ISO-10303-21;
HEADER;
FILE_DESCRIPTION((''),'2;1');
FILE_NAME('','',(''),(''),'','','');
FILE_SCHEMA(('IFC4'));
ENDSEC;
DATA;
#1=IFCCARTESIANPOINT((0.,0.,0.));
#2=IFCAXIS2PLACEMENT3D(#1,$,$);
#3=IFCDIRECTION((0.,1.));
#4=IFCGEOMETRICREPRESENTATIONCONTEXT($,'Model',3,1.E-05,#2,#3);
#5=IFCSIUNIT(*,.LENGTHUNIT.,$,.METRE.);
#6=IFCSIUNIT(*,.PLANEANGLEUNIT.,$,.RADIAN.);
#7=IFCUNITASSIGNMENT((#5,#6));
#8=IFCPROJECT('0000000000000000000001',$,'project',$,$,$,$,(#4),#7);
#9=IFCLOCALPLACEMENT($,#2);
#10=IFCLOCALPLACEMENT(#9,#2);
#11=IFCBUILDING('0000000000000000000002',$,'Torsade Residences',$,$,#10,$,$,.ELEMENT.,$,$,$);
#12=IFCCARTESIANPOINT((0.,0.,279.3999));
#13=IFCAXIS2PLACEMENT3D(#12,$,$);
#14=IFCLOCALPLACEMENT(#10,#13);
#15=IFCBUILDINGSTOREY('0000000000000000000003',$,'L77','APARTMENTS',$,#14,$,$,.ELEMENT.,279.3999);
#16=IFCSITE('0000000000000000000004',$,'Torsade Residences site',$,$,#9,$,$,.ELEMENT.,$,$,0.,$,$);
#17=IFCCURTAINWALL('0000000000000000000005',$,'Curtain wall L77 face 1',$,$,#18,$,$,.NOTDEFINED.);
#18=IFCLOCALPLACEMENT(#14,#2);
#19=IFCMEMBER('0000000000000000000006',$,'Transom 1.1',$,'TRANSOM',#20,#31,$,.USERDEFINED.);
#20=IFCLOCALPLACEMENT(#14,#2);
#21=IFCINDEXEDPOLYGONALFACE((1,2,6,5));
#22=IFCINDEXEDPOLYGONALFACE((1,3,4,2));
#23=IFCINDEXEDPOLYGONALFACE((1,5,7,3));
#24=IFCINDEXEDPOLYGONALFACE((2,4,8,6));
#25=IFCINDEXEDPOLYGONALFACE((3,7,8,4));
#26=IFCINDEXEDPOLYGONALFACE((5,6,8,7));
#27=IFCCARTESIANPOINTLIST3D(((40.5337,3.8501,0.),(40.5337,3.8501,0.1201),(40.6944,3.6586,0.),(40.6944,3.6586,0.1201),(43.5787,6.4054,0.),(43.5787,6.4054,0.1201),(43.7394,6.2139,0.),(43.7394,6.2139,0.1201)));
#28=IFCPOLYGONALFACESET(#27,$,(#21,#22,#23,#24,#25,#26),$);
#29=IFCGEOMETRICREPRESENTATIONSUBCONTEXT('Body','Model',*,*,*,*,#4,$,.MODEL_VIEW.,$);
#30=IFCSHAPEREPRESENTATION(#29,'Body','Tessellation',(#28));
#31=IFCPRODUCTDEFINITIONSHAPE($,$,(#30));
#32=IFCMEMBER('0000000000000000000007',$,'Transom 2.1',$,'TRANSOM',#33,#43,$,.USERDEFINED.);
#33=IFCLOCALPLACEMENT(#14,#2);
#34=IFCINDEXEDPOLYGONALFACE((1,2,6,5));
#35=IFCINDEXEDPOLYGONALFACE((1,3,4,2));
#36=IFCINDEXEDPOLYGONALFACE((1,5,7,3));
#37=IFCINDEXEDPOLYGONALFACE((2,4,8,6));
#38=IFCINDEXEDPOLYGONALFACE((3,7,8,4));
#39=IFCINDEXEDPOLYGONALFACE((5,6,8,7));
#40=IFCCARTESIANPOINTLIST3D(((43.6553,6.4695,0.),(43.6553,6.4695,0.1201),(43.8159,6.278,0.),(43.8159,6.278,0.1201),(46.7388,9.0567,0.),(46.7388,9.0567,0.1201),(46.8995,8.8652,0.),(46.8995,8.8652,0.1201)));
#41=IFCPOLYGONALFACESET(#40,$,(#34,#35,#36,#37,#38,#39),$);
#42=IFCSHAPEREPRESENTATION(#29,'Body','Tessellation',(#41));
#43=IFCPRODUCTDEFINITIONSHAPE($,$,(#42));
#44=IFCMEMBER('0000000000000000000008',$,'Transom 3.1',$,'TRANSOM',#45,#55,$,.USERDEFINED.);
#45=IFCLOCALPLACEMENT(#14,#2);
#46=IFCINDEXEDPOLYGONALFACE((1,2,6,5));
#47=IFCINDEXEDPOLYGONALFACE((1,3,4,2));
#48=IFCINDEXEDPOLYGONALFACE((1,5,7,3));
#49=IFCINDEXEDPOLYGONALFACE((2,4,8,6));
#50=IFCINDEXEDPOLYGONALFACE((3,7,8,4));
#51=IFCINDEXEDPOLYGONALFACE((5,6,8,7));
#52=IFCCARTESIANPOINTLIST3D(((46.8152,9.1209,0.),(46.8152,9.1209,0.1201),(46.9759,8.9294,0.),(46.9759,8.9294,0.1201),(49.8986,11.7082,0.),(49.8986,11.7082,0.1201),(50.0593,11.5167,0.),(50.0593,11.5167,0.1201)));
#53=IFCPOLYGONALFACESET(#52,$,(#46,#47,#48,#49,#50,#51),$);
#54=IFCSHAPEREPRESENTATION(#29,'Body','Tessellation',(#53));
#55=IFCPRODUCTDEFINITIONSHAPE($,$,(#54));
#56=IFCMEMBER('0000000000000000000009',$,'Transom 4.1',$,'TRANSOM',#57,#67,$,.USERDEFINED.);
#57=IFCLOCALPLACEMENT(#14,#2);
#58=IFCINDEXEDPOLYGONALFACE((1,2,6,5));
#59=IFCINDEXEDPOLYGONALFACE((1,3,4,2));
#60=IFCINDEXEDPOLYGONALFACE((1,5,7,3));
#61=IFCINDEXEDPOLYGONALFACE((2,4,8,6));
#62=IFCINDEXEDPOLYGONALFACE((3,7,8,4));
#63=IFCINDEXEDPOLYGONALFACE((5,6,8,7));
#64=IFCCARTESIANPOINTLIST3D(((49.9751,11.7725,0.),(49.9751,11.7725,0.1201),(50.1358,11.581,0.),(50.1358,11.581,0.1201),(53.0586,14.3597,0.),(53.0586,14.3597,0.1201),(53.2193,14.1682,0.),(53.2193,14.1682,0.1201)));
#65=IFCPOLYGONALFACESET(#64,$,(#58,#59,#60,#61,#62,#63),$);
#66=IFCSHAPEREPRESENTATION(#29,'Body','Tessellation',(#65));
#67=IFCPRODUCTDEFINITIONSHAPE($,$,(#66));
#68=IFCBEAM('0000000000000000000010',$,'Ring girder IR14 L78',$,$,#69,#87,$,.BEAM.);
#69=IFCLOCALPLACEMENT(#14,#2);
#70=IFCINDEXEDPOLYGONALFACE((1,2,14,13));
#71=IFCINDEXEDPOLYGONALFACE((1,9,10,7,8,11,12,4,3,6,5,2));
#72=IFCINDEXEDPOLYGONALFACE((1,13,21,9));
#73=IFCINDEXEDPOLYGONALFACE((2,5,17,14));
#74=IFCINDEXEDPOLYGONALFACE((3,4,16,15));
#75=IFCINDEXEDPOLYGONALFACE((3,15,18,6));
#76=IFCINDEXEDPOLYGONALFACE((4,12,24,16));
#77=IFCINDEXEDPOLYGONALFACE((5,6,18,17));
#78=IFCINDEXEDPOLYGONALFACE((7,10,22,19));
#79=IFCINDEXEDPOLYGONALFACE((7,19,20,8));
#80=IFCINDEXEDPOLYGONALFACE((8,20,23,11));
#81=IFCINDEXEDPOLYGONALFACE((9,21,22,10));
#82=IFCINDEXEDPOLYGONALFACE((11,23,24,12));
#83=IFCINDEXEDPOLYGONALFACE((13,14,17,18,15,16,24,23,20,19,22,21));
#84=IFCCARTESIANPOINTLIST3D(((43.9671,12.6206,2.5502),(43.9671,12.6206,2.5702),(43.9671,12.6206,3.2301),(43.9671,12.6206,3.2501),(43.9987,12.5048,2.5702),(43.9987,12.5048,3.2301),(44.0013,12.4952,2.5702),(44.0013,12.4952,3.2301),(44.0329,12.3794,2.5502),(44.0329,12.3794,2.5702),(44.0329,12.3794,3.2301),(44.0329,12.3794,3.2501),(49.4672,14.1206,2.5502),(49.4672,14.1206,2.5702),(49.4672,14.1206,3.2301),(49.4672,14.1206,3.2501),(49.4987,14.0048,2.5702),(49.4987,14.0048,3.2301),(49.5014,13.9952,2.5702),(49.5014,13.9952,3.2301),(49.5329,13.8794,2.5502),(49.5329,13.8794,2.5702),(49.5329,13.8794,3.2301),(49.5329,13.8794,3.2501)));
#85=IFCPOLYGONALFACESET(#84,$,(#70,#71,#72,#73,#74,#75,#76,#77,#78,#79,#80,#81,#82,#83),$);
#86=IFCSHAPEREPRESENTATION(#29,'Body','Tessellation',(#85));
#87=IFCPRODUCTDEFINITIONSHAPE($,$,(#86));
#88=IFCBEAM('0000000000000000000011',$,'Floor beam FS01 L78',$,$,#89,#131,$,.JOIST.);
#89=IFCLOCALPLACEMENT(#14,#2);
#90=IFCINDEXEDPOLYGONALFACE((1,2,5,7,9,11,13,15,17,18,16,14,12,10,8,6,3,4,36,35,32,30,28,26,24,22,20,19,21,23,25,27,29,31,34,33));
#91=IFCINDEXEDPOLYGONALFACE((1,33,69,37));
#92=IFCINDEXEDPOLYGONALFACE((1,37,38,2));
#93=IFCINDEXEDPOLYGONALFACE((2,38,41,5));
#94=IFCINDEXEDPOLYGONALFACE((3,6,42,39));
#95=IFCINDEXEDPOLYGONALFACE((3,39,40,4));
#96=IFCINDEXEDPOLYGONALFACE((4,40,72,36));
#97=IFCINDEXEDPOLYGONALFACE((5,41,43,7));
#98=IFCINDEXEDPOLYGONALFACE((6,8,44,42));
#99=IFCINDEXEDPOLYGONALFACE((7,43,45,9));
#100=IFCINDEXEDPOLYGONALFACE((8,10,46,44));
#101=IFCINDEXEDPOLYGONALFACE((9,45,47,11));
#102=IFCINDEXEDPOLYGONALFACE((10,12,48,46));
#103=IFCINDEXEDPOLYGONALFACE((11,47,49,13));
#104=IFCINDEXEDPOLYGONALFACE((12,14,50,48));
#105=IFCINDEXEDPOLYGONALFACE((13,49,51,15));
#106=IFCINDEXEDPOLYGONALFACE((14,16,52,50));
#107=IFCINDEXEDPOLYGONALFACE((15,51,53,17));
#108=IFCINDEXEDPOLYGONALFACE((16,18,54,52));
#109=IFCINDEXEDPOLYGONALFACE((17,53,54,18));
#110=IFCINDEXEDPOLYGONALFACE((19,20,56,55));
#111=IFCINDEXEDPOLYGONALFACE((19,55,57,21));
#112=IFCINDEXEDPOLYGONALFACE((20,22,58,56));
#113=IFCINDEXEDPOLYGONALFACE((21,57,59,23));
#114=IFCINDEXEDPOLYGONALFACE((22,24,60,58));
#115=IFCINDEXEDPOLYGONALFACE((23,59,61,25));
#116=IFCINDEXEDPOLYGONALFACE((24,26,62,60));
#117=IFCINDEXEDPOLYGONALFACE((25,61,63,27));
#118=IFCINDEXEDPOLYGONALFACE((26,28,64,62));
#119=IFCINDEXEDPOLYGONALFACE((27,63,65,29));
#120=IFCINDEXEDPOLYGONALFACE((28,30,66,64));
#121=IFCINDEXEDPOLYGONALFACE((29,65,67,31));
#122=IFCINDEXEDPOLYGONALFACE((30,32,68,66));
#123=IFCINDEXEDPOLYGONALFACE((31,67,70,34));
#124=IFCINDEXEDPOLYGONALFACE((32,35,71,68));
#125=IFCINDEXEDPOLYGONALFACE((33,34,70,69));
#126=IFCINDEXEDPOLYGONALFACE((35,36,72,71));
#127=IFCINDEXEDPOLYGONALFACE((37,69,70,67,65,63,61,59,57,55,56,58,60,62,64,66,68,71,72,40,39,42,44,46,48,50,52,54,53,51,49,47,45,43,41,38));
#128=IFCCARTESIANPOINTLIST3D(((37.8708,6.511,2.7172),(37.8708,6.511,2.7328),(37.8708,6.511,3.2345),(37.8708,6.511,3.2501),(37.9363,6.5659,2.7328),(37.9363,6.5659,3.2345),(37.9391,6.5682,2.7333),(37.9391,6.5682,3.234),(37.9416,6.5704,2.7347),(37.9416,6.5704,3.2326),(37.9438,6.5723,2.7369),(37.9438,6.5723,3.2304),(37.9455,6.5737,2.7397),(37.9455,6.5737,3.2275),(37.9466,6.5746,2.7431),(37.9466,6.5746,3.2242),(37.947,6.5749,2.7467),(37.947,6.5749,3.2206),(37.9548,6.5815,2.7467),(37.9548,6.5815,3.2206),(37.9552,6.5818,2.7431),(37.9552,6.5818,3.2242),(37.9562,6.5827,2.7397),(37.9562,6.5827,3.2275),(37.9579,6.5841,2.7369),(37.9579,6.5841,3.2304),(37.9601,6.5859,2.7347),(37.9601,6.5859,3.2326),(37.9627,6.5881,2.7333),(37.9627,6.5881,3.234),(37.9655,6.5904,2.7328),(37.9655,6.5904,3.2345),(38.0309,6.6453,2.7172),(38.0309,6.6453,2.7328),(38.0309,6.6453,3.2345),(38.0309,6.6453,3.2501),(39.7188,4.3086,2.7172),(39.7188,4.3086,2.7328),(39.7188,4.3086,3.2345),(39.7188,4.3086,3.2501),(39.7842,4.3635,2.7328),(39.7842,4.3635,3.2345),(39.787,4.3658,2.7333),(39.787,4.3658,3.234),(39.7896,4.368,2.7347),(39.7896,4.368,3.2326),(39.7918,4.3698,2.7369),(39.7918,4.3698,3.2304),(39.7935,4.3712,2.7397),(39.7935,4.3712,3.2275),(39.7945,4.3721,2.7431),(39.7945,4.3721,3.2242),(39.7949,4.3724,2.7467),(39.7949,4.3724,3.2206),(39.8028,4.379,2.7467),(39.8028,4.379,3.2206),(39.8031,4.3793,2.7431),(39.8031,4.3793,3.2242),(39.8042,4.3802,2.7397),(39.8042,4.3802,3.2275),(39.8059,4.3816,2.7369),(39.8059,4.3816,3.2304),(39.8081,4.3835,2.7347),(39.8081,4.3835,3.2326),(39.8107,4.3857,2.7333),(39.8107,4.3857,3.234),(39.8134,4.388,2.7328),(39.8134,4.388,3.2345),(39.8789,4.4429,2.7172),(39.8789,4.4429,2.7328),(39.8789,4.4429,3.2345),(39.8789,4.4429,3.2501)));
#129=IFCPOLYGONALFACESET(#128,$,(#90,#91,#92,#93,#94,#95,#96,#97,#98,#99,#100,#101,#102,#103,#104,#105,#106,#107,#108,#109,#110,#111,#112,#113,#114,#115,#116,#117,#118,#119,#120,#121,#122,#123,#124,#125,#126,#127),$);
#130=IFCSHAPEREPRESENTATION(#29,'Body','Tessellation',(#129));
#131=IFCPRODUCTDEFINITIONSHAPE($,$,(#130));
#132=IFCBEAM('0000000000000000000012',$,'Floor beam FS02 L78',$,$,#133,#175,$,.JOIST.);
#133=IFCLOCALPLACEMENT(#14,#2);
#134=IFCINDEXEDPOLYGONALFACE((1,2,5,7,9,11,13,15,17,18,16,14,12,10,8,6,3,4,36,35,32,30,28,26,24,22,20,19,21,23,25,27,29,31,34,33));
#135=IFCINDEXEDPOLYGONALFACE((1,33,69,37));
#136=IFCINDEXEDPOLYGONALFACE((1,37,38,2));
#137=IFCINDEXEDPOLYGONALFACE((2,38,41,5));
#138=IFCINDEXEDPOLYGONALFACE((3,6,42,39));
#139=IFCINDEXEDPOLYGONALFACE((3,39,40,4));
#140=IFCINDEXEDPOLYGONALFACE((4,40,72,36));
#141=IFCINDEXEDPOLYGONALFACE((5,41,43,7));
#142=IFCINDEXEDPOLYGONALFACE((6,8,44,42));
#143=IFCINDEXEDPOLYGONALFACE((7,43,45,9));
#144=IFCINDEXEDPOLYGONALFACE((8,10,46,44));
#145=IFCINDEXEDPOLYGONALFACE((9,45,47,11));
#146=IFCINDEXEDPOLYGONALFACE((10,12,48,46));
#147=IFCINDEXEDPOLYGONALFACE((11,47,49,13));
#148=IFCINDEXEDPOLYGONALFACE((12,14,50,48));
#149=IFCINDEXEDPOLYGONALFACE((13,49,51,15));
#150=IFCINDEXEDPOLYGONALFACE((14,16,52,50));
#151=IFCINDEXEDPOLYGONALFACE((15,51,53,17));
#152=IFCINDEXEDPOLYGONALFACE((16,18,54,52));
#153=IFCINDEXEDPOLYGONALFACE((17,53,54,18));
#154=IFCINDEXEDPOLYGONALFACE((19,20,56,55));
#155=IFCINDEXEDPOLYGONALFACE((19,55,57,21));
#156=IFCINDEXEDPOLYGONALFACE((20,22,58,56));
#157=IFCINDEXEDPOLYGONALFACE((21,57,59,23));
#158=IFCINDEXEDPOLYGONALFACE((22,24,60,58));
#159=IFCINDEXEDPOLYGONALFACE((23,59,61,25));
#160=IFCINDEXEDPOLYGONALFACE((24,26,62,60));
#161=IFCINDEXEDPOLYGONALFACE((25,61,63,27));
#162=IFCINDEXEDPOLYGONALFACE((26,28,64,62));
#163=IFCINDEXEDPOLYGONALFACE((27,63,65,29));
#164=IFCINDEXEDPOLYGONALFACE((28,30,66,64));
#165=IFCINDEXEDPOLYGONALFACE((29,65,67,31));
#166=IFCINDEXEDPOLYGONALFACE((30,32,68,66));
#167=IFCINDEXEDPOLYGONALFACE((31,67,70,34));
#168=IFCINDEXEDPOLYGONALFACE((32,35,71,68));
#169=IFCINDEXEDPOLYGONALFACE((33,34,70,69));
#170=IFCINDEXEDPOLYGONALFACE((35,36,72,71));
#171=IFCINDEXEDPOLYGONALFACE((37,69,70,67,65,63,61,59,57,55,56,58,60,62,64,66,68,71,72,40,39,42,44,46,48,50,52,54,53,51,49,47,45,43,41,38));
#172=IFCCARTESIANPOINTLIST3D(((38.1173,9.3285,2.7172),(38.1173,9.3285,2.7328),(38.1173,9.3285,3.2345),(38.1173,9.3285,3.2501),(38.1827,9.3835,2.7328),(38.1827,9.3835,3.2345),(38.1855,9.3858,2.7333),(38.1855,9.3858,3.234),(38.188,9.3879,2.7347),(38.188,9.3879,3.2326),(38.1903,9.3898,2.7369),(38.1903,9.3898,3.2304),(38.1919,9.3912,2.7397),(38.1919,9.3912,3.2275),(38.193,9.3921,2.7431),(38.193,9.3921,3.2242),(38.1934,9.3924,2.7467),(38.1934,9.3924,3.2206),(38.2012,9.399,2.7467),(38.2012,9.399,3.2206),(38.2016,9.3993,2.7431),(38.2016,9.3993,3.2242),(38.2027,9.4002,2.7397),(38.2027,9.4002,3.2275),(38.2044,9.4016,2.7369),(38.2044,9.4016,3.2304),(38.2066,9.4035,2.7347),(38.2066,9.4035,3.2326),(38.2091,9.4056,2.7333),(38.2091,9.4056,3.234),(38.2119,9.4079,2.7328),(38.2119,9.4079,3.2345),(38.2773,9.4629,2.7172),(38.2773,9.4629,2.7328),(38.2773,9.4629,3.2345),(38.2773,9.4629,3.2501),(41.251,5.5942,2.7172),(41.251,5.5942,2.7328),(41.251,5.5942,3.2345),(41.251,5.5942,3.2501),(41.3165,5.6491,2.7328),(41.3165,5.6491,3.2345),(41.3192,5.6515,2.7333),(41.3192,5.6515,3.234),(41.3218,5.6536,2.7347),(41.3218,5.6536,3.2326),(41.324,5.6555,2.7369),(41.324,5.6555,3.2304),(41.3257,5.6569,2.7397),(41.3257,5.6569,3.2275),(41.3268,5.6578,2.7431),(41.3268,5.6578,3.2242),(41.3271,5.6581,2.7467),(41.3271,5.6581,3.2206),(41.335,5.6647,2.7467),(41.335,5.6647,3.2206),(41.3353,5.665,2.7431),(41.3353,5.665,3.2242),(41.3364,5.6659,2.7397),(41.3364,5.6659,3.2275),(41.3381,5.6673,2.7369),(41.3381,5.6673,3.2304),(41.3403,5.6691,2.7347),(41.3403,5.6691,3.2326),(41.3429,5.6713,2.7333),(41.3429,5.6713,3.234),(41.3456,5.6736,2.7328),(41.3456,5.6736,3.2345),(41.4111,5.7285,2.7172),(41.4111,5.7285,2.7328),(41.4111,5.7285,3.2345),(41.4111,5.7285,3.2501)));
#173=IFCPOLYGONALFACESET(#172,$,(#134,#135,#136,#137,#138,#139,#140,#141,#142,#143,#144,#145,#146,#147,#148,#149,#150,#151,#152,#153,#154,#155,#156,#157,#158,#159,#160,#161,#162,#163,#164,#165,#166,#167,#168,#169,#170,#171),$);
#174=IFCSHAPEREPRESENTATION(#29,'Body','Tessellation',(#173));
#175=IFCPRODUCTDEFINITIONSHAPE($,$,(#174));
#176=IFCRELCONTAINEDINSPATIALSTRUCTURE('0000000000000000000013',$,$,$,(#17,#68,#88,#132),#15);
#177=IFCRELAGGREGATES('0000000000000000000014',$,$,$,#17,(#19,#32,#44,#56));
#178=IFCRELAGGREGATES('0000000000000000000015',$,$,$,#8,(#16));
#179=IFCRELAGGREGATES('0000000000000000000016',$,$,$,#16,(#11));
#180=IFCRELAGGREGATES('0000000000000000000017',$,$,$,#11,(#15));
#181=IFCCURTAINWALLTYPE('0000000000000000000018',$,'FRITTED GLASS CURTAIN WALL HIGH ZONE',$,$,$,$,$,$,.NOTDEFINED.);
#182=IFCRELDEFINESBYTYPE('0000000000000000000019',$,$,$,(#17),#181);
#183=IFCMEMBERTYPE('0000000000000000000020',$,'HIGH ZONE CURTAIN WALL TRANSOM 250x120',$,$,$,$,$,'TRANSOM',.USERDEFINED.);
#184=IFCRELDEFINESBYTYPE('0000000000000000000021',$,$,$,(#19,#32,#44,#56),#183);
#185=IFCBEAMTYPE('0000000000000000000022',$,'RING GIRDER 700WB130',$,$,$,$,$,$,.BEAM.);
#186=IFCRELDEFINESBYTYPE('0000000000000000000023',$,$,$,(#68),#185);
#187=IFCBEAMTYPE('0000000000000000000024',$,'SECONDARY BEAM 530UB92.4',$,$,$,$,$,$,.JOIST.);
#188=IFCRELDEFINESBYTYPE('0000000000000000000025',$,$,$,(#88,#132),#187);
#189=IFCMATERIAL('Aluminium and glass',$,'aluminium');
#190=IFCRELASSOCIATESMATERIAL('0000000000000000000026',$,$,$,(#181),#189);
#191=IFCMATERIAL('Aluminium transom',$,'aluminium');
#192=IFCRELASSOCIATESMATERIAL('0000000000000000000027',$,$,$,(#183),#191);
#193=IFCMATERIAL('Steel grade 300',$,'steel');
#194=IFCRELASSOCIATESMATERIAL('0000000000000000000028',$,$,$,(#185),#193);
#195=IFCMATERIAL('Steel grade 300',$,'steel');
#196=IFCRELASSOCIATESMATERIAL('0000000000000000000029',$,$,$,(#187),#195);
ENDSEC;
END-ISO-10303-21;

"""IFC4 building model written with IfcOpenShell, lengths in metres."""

from ifc_helpers import new_model, si_unit, direction, frame, origin, origin_2d, place, context, subcontext, project, spatial, rectangle, i_section, extrude, material, material_profile, profile_set, type_object, element, aggregate, save


model = new_model("IFC4")

# Units and contexts
model_context = context("Model", 3, precision=1e-05, world=origin(), true_north=direction((0.0, 1.0)))
body_context = subcontext(model_context, "Body", "Model", "MODEL_VIEW")
ifc_project = project(units=[si_unit("LENGTHUNIT", "METRE"), si_unit("PLANEANGLEUNIT", "RADIAN")], contexts=[model_context])

# Site, building, storey
site_placement = place(None, origin())
site = spatial("IfcSite", under=ifc_project, at=site_placement, Name="Torsade Residences site", CompositionType="ELEMENT", RefElevation=0.0)
building_placement = place(site_placement, origin())
building = spatial("IfcBuilding", under=site, at=building_placement, Name="Torsade Residences", CompositionType="ELEMENT")
storey_placement = place(building_placement, frame((0.0, 0.0, 279.3999)))
storey = spatial("IfcBuildingStorey", under=building, at=storey_placement, Name="L77", Description="APARTMENTS", CompositionType="ELEMENT", Elevation=279.3999)

# Curtain wall, members
ifc_material_1 = material(Name="Aluminium and glass", Category="aluminium")
curtain_wall_type = type_object("IfcCurtainWallType", Name="FRITTED GLASS CURTAIN WALL HIGH ZONE", PredefinedType="NOTDEFINED", material=ifc_material_1)
curtain_wall_placement = place(storey_placement, origin())
curtain_wall = element("IfcCurtainWall", 1, at=curtain_wall_placement, inside=storey, type_object=curtain_wall_type, Name="Curtain wall L77 face 1", PredefinedType="NOTDEFINED")
ifc_material_2 = material(Name="Aluminium transom", Category="aluminium")
ifc_material_profile_1 = material_profile(ifc_material_2, rectangle(XDim=0.25, YDim=0.1201, at=origin_2d()), Name="HIGH ZONE CURTAIN WALL TRANSOM 250x120")
ifc_profile_set_1 = profile_set([ifc_material_profile_1], Name="Aluminium transom")
member_type_1 = type_object("IfcMemberType", Name="HIGH ZONE CURTAIN WALL TRANSOM 250x120", ElementType="TRANSOM", PredefinedType="USERDEFINED", material=ifc_profile_set_1)
member_1_placement = place(storey_placement, frame((40.614, 3.7544, 0.0601), z_axis=(0.766022, 0.642815, 0.0), x_axis=(-0.642815, 0.766022, 0.0)))
member_1 = element("IfcMember", 2, at=member_1_placement, type_object=member_type_1, Name="Transom 1.1", ObjectType="TRANSOM", PredefinedType="USERDEFINED", context=body_context, shape_type="SweptSolid", body=[
    extrude(rectangle(XDim=0.25, YDim=0.1201, at=origin_2d()), origin(), (0.0, 0.0, 1.0), 3.9751),
])
member_2_placement = place(storey_placement, frame((43.7356, 6.3738, 0.0601), z_axis=(0.766069, 0.642758, 0.0), x_axis=(-0.642758, 0.766069, 0.0)))
member_2 = element("IfcMember", 3, at=member_2_placement, type_object=member_type_1, Name="Transom 2.1", ObjectType="TRANSOM", PredefinedType="USERDEFINED", context=body_context, shape_type="SweptSolid", body=[
    extrude(rectangle(XDim=0.25, YDim=0.1201, at=origin_2d()), origin(), (0.0, 0.0, 1.0), 4.0251),
])
member_3_placement = place(storey_placement, frame((46.8955, 9.0251, 0.0601), z_axis=(0.766039, 0.642794, 0.0), x_axis=(-0.642794, 0.766039, 0.0)))
member_3 = element("IfcMember", 4, at=member_3_placement, type_object=member_type_1, Name="Transom 3.1", ObjectType="TRANSOM", PredefinedType="USERDEFINED", context=body_context, shape_type="SweptSolid", body=[
    extrude(rectangle(XDim=0.25, YDim=0.1201, at=origin_2d()), origin(), (0.0, 0.0, 1.0), 4.0251),
])
member_4_placement = place(storey_placement, frame((50.0554, 11.6768, 0.0601), z_axis=(0.766069, 0.642758, 0.0), x_axis=(-0.642758, 0.766069, 0.0)))
member_4 = element("IfcMember", 5, at=member_4_placement, type_object=member_type_1, Name="Transom 4.1", ObjectType="TRANSOM", PredefinedType="USERDEFINED", context=body_context, shape_type="SweptSolid", body=[
    extrude(rectangle(XDim=0.25, YDim=0.1201, at=origin_2d()), origin(), (0.0, 0.0, 1.0), 4.0251),
])

# Beams
ifc_material_3 = material(Name="Steel grade 300", Category="steel")
ifc_material_profile_2 = material_profile(ifc_material_3, i_section(OverallWidth=0.25, OverallDepth=0.7, WebThickness=0.01, FlangeThickness=0.02, at=origin_2d()), Name="700WB130")
ifc_profile_set_2 = profile_set([ifc_material_profile_2], Name="Steel grade 300")
beam_type_1 = type_object("IfcBeamType", Name="RING GIRDER 700WB130", PredefinedType="BEAM", material=ifc_profile_set_2)
beam_1_placement = place(storey_placement, frame((44.0, 12.5, 2.9001), z_axis=(0.964764, 0.263117, 0.0), x_axis=(-0.263117, 0.964764, 0.0)))
element("IfcBeam", 6, at=beam_1_placement, inside=storey, type_object=beam_type_1, Name="Ring girder IR14 L78", PredefinedType="BEAM", context=body_context, shape_type="SweptSolid", body=[
    extrude(i_section(OverallWidth=0.25, OverallDepth=0.7, WebThickness=0.01, FlangeThickness=0.02, at=origin_2d()), origin(), (0.0, 0.0, 1.0), 5.7009),
])
ifc_material_4 = material(Name="Steel grade 300", Category="steel")
ifc_material_profile_3 = material_profile(ifc_material_4, i_section(OverallWidth=0.209, OverallDepth=0.533, WebThickness=0.0103, FlangeThickness=0.0156, FilletRadius=0.0139, at=origin_2d()), Name="530UB92.4")
ifc_profile_set_3 = profile_set([ifc_material_profile_3], Name="Steel grade 300")
beam_type_2 = type_object("IfcBeamType", Name="SECONDARY BEAM 530UB92.4", PredefinedType="JOIST", material=ifc_profile_set_3)
beam_2_placement = place(storey_placement, frame((39.7988, 4.3757, 2.9836), z_axis=(-0.642762, 0.766066, 0.0), x_axis=(-0.766066, -0.642762, 0.0)))
element("IfcBeam", 7, at=beam_2_placement, inside=storey, type_object=beam_type_2, Name="Floor beam FS01 L78", PredefinedType="JOIST", context=body_context, shape_type="SweptSolid", body=[
    extrude(i_section(OverallWidth=0.209, OverallDepth=0.533, WebThickness=0.0103, FlangeThickness=0.0156, FilletRadius=0.0139, at=origin_2d()), origin(), (0.0, 0.0, 1.0), 2.875),
])
beam_3_placement = place(storey_placement, frame((41.3311, 5.6614, 2.9836), z_axis=(-0.642821, 0.766017, 0.0), x_axis=(-0.766017, -0.642821, 0.0)))
element("IfcBeam", 8, at=beam_3_placement, inside=storey, type_object=beam_type_2, Name="Floor beam FS02 L78", PredefinedType="JOIST", context=body_context, shape_type="SweptSolid", body=[
    extrude(i_section(OverallWidth=0.209, OverallDepth=0.533, WebThickness=0.0103, FlangeThickness=0.0156, FilletRadius=0.0139, at=origin_2d()), origin(), (0.0, 0.0, 1.0), 4.875),
])

aggregate(curtain_wall, [member_1, member_2, member_3, member_4])

save(model, "model.ifc")
